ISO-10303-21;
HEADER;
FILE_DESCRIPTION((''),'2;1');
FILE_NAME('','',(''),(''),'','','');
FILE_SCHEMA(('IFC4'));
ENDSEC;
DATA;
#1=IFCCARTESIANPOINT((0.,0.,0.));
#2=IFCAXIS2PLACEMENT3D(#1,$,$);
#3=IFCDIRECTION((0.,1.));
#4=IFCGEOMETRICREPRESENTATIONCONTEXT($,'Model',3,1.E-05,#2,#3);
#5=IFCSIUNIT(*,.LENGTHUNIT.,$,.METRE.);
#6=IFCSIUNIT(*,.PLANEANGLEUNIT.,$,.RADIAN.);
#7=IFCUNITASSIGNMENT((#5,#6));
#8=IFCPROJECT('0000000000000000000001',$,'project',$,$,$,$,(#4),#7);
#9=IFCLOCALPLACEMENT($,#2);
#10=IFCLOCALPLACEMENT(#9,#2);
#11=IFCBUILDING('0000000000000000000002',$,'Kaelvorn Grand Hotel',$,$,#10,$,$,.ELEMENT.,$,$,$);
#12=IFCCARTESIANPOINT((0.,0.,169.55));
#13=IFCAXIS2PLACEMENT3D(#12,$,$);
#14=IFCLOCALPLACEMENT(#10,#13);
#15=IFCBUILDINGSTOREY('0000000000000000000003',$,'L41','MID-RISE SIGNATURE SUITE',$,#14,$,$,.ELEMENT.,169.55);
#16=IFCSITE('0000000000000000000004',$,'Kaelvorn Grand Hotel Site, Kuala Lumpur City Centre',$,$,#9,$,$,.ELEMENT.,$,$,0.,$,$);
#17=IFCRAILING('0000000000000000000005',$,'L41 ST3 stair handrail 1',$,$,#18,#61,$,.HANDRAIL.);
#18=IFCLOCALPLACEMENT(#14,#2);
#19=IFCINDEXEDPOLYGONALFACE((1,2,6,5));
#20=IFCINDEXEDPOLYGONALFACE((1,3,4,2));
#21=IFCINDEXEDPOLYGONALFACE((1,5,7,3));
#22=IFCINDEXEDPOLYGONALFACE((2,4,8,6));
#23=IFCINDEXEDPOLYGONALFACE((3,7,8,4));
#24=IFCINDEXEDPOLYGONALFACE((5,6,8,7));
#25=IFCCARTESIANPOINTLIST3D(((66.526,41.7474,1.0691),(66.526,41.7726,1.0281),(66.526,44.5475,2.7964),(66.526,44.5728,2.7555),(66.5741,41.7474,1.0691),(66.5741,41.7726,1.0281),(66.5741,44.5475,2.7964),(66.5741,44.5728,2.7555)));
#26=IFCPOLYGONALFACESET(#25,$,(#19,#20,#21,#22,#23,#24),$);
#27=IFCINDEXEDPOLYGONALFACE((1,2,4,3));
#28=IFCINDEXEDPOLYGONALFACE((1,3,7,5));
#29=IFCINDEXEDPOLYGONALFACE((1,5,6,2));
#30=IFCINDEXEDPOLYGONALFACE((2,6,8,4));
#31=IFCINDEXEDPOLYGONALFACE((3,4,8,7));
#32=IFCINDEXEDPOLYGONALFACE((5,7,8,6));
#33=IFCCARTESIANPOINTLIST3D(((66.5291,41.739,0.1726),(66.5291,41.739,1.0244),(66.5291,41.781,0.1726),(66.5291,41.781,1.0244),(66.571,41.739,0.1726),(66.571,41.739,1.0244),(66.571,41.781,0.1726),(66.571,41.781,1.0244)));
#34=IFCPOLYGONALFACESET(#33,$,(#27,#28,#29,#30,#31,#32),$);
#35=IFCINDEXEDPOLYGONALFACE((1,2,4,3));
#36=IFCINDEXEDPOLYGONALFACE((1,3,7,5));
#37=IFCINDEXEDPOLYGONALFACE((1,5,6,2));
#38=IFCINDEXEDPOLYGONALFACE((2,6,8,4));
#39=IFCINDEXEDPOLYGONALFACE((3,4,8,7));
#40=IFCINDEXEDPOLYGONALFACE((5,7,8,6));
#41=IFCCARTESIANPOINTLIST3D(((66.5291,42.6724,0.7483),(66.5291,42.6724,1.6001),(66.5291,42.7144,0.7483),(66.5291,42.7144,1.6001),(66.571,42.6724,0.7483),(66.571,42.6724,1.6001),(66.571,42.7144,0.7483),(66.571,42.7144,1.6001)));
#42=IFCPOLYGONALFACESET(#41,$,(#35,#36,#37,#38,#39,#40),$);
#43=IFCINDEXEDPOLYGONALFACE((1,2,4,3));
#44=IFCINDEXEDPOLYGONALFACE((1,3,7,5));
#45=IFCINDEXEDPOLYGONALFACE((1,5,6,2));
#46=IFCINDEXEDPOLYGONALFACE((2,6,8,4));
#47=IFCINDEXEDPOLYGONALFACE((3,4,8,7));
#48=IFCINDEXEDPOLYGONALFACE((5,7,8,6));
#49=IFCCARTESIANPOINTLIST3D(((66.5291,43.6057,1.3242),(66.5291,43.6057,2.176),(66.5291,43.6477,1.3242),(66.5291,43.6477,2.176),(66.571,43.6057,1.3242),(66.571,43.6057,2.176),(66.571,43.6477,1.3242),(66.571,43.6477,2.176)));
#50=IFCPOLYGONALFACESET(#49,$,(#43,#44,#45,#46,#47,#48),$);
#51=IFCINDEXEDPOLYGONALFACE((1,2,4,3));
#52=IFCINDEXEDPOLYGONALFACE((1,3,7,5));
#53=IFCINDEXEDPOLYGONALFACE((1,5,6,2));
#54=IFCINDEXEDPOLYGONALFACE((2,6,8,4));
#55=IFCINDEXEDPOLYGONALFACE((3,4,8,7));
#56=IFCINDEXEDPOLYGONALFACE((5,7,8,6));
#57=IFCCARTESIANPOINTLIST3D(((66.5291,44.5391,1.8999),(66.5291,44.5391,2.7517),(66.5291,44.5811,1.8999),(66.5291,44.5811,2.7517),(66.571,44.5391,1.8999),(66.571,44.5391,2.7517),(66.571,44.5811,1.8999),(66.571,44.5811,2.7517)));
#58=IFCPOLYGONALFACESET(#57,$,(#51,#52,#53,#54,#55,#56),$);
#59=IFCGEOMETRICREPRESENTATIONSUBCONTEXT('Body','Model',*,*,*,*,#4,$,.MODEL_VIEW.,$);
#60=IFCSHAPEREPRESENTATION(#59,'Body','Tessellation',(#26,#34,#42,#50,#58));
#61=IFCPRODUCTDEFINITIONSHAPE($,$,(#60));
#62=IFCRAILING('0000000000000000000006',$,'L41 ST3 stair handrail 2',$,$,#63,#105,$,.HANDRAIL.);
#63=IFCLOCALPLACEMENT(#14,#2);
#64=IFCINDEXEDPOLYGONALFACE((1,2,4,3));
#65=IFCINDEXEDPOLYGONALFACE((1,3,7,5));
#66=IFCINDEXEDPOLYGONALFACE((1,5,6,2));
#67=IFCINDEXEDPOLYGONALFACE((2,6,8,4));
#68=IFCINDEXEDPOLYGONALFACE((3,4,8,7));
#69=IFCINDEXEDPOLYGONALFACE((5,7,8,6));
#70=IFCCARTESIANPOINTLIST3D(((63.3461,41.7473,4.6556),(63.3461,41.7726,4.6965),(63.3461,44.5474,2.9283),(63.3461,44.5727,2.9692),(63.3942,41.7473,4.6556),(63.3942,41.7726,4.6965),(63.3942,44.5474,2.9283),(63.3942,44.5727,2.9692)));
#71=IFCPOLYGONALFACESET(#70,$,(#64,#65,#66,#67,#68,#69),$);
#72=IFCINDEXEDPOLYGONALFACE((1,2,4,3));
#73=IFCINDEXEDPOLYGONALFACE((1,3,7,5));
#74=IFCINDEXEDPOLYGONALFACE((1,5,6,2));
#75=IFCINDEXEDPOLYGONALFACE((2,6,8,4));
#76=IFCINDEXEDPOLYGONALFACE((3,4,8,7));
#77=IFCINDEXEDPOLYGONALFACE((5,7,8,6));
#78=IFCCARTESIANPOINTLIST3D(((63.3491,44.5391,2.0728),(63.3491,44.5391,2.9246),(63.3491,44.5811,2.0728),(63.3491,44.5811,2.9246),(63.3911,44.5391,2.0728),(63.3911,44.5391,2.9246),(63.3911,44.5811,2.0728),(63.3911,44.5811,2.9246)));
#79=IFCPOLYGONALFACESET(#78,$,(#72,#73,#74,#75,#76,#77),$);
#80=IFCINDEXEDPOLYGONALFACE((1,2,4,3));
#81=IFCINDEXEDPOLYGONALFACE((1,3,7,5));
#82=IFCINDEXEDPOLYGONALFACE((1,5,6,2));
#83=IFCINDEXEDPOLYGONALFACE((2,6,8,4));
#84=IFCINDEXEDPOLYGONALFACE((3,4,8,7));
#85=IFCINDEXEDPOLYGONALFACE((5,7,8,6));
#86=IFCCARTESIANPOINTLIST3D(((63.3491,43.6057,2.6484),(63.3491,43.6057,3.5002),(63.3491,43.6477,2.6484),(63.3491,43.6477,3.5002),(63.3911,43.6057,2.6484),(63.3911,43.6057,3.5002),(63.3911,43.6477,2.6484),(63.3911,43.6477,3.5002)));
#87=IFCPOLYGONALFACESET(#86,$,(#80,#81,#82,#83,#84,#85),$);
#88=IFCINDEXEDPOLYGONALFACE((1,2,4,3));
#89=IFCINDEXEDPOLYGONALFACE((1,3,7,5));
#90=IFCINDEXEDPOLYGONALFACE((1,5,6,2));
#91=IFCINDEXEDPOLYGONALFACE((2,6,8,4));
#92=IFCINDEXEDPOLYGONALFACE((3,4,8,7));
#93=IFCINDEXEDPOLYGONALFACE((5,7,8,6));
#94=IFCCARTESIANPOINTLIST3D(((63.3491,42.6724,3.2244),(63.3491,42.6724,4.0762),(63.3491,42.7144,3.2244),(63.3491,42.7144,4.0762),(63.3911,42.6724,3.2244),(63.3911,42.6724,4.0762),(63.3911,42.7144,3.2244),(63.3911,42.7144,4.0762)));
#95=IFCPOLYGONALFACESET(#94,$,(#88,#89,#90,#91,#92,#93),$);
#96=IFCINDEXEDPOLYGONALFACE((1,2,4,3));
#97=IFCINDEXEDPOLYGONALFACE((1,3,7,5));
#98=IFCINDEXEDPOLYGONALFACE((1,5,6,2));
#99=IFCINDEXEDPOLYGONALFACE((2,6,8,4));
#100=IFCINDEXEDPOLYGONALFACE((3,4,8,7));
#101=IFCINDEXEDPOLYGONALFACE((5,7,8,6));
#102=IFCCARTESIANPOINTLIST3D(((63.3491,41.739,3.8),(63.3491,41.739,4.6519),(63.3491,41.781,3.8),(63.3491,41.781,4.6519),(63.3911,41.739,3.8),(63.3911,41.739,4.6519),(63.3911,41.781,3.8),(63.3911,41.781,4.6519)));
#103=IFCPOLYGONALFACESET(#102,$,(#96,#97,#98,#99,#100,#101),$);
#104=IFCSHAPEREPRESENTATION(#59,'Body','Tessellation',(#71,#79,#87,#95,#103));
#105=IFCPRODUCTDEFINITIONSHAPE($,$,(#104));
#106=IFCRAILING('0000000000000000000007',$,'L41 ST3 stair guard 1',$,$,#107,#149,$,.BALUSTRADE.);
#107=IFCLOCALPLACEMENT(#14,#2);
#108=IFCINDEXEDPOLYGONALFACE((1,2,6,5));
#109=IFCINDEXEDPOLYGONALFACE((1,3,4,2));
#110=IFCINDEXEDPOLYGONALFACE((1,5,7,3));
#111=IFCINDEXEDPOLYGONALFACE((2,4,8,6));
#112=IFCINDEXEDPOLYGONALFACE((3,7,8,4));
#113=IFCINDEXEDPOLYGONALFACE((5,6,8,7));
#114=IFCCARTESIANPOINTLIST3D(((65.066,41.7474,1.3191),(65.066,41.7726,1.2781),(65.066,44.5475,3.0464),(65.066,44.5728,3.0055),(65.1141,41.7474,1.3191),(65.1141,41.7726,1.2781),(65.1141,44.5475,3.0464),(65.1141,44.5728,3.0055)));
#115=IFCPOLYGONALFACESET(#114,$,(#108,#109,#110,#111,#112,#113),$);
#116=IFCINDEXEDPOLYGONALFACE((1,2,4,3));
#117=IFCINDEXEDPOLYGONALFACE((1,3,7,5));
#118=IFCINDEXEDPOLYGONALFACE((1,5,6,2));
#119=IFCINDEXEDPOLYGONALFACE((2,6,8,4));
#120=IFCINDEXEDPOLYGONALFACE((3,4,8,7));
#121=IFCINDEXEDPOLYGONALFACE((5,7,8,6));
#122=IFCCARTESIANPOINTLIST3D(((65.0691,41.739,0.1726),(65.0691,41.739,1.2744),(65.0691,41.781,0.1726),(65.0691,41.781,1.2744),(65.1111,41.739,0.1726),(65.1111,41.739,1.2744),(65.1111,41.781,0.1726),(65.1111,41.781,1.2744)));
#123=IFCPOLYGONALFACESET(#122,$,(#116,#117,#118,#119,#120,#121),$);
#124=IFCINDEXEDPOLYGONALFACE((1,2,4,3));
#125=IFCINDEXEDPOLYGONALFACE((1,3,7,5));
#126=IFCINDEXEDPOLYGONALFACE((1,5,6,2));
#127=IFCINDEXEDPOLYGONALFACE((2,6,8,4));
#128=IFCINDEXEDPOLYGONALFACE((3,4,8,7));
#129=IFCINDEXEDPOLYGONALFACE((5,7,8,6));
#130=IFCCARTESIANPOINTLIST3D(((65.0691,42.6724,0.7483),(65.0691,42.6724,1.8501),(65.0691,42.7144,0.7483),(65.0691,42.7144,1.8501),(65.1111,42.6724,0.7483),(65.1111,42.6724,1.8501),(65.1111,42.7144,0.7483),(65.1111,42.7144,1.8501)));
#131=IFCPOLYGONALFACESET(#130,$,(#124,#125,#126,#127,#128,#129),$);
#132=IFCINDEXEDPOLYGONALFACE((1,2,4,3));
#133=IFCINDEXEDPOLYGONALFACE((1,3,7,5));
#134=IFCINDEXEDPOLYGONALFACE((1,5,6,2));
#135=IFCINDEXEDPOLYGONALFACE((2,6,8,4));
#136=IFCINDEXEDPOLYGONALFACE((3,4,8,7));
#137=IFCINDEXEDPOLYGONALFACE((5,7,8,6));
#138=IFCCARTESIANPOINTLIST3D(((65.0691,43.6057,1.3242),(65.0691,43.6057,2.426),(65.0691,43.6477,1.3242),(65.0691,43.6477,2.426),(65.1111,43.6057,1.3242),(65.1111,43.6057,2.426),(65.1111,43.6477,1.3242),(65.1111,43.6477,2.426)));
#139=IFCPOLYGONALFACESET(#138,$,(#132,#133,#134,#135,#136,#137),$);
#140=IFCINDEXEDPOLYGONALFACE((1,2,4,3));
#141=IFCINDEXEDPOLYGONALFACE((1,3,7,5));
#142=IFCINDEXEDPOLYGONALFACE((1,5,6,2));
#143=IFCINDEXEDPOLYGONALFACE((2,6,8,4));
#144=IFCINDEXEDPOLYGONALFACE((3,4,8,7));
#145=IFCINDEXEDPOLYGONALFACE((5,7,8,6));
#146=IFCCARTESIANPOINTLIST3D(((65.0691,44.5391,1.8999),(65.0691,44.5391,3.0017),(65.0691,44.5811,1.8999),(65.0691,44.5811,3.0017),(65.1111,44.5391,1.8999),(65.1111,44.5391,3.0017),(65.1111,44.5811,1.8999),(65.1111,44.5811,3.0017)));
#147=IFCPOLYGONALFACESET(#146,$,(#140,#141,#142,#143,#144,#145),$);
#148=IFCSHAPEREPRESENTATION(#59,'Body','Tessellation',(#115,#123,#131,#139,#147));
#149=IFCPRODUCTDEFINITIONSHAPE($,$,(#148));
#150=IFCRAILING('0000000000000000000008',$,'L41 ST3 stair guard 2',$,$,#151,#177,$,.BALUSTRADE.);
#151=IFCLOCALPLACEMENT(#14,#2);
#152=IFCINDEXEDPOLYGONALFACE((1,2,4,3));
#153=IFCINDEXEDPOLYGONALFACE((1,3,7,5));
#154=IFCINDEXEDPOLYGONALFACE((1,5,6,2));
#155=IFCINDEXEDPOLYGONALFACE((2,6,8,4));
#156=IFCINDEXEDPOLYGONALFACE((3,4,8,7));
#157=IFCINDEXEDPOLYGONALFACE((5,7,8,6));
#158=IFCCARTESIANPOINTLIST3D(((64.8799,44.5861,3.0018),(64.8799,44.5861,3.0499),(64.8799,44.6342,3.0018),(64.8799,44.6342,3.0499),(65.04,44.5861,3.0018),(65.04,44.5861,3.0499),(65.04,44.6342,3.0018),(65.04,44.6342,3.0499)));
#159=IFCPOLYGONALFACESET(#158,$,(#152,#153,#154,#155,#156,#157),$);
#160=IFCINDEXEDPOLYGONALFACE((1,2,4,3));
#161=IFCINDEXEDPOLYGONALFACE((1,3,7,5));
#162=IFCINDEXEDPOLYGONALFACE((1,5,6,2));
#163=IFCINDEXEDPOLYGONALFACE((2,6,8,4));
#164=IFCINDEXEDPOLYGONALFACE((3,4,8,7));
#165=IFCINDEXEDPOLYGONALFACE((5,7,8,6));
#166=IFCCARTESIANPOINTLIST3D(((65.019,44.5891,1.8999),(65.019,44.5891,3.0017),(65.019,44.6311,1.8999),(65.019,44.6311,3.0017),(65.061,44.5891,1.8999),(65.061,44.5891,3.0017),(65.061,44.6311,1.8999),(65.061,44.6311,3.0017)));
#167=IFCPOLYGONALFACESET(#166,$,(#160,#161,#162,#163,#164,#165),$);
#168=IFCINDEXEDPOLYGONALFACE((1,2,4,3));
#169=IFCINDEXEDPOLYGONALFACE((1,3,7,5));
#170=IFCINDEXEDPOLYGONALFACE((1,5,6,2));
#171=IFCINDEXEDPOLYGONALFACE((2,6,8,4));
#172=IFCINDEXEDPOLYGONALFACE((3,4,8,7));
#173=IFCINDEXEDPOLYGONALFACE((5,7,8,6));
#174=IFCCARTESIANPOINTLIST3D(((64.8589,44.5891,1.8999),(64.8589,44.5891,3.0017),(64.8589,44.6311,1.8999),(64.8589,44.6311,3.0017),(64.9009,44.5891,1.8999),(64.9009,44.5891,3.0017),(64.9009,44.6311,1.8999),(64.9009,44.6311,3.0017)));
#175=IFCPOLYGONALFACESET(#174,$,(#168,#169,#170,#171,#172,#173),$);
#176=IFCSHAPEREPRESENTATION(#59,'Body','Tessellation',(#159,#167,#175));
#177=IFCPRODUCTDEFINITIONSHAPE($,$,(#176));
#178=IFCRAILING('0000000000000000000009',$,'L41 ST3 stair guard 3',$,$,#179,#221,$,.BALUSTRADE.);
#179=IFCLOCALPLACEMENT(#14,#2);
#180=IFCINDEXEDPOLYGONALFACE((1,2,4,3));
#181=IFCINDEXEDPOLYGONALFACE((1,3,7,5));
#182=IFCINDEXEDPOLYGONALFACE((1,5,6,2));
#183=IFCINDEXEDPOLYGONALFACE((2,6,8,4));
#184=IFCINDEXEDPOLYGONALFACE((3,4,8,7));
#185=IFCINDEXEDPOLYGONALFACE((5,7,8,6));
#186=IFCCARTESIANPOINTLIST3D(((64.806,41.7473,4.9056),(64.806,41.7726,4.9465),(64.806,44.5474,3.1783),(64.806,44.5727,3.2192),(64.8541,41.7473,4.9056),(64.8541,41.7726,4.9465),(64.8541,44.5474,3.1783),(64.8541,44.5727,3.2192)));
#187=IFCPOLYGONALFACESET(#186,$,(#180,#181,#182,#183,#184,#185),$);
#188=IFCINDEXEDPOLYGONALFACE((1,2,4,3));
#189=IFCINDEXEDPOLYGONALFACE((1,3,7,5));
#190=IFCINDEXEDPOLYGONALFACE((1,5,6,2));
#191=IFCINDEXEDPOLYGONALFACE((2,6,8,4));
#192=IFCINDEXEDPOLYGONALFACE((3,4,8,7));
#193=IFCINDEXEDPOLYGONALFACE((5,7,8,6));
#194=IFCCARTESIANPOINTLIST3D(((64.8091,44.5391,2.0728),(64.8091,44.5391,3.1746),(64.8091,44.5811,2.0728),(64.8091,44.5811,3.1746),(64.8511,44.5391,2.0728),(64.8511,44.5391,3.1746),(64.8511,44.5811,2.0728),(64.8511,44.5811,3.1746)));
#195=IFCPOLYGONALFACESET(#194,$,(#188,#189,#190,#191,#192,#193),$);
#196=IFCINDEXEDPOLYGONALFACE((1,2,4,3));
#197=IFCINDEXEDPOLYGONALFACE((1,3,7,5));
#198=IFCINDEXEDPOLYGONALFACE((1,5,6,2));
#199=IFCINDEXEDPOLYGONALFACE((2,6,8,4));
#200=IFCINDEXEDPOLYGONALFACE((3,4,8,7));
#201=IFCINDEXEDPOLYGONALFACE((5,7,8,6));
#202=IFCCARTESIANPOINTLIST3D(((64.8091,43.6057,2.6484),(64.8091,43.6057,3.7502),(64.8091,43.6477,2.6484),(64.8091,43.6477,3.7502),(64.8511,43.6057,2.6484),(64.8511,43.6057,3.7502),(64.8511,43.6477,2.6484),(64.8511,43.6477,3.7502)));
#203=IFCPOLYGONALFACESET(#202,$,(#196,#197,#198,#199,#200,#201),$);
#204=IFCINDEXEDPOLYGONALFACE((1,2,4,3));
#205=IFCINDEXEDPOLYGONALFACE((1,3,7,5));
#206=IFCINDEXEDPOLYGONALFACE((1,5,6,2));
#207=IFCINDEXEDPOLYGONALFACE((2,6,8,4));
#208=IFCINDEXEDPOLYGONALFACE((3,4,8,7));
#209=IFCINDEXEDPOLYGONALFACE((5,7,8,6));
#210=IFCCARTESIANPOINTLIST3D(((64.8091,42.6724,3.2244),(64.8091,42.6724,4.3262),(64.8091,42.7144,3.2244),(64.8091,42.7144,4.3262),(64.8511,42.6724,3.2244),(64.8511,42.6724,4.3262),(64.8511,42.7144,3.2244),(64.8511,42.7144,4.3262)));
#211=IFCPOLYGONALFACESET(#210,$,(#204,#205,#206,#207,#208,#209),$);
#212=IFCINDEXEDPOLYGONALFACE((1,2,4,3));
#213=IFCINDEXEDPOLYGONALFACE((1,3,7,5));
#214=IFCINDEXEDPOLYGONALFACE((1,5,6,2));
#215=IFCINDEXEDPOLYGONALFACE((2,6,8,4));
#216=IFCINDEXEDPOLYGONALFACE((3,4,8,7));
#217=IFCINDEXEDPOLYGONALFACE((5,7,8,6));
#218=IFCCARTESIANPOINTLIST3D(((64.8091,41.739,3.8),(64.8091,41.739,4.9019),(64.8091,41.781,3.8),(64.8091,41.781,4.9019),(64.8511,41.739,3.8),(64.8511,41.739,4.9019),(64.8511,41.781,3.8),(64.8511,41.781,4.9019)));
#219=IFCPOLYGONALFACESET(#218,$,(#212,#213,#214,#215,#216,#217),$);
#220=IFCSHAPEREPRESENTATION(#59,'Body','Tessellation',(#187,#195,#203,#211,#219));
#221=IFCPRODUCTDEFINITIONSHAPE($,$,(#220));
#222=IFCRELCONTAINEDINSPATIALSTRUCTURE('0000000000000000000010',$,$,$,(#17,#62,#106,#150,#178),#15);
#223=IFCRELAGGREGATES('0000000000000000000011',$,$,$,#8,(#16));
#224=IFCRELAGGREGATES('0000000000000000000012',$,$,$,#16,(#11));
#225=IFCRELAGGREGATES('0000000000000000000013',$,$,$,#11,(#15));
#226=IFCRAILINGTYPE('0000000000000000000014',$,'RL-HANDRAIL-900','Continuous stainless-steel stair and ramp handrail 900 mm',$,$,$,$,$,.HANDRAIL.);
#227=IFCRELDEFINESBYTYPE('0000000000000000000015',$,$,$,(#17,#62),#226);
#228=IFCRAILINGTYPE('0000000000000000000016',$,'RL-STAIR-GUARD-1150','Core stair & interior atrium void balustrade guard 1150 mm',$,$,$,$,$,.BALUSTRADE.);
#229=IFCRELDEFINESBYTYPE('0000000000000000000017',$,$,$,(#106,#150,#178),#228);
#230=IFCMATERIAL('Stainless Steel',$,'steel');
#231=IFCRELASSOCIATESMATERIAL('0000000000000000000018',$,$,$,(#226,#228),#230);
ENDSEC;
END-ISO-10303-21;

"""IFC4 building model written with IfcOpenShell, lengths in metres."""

from ifc_helpers import new_model, si_unit, direction, frame, origin, origin_2d, place, context, subcontext, project, spatial, rectangle, extrude, material, type_object, element, save


model = new_model("IFC4")

# Units and contexts
model_context = context("Model", 3, precision=1e-05, world=origin(), true_north=direction((0.0, 1.0)))
body_context = subcontext(model_context, "Body", "Model", "MODEL_VIEW")
ifc_project = project(units=[si_unit("LENGTHUNIT", "METRE"), si_unit("PLANEANGLEUNIT", "RADIAN")], contexts=[model_context])

# Site, building, storey
site_placement = place(None, origin())
site = spatial("IfcSite", under=ifc_project, at=site_placement, Name="Kaelvorn Grand Hotel Site, Kuala Lumpur City Centre", CompositionType="ELEMENT", RefElevation=0.0)
building_placement = place(site_placement, origin())
building = spatial("IfcBuilding", under=site, at=building_placement, Name="Kaelvorn Grand Hotel", CompositionType="ELEMENT")
storey_placement = place(building_placement, frame((0.0, 0.0, 169.55)))
storey = spatial("IfcBuildingStorey", under=building, at=storey_placement, Name="L41", Description="MID-RISE SIGNATURE SUITE", CompositionType="ELEMENT", Elevation=169.55)

# Shared definitions
ifc_material_1 = material(Name="Stainless Steel", Category="steel")

# Railings
railing_type_1 = type_object("IfcRailingType", Name="RL-HANDRAIL-900", Description="Continuous stainless-steel stair and ramp handrail 900 mm", PredefinedType="HANDRAIL", material=ifc_material_1)
railing_1_placement = place(storey_placement, frame((66.55, 41.76, 0.1726)))
element("IfcRailing", 1, at=railing_1_placement, inside=storey, type_object=railing_type_1, Name="L41 ST3 stair handrail 1", PredefinedType="HANDRAIL", context=body_context, shape_type="SweptSolid", body=[
    extrude(rectangle(XDim=0.0481, YDim=0.0481, at=origin_2d()), frame((0.0, 0.0, 0.876), z_axis=(0.0, 0.85109, 0.52502), x_axis=(-1.0, 0.0, 0.0)), (0.0, 0.0, 1.0), 3.29),
    extrude(rectangle(XDim=0.042, YDim=0.042, at=origin_2d()), origin(), (0.0, 0.0, 1.0), 0.8518),
    extrude(rectangle(XDim=0.042, YDim=0.042, at=origin_2d()), frame((0.0, 0.9333, 0.5757)), (0.0, 0.0, 1.0), 0.8518),
    extrude(rectangle(XDim=0.042, YDim=0.042, at=origin_2d()), frame((0.0, 1.8667, 1.1516)), (0.0, 0.0, 1.0), 0.8518),
    extrude(rectangle(XDim=0.042, YDim=0.042, at=origin_2d()), frame((0.0, 2.8, 1.7273)), (0.0, 0.0, 1.0), 0.8518),
])
railing_2_placement = place(storey_placement, frame((63.3701, 44.5601, 2.0728)))
element("IfcRailing", 2, at=railing_2_placement, inside=storey, type_object=railing_type_1, Name="L41 ST3 stair handrail 2", PredefinedType="HANDRAIL", context=body_context, shape_type="SweptSolid", body=[
    extrude(rectangle(XDim=0.0481, YDim=0.0481, at=origin_2d()), frame((0.0, 0.0, 0.876), z_axis=(0.0, -0.85109, 0.52502), x_axis=(1.0, 0.0, 0.0)), (0.0, 0.0, 1.0), 3.29),
    extrude(rectangle(XDim=0.042, YDim=0.042, at=origin_2d()), origin(), (0.0, 0.0, 1.0), 0.8518),
    extrude(rectangle(XDim=0.042, YDim=0.042, at=origin_2d()), frame((0.0, -0.9333, 0.5757)), (0.0, 0.0, 1.0), 0.8518),
    extrude(rectangle(XDim=0.042, YDim=0.042, at=origin_2d()), frame((0.0, -1.8667, 1.1516)), (0.0, 0.0, 1.0), 0.8518),
    extrude(rectangle(XDim=0.042, YDim=0.042, at=origin_2d()), frame((0.0, -2.8, 1.7273)), (0.0, 0.0, 1.0), 0.8518),
])
railing_type_2 = type_object("IfcRailingType", Name="RL-STAIR-GUARD-1150", Description="Core stair & interior atrium void balustrade guard 1150 mm", PredefinedType="BALUSTRADE", material=ifc_material_1)
railing_3_placement = place(storey_placement, frame((65.0901, 41.76, 0.1726)))
element("IfcRailing", 3, at=railing_3_placement, inside=storey, type_object=railing_type_2, Name="L41 ST3 stair guard 1", PredefinedType="BALUSTRADE", context=body_context, shape_type="SweptSolid", body=[
    extrude(rectangle(XDim=0.0481, YDim=0.0481, at=origin_2d()), frame((0.0, 0.0, 1.126), z_axis=(0.0, 0.85109, 0.52502), x_axis=(-1.0, 0.0, 0.0)), (0.0, 0.0, 1.0), 3.29),
    extrude(rectangle(XDim=0.042, YDim=0.042, at=origin_2d()), origin(), (0.0, 0.0, 1.0), 1.1018),
    extrude(rectangle(XDim=0.042, YDim=0.042, at=origin_2d()), frame((0.0, 0.9333, 0.5757)), (0.0, 0.0, 1.0), 1.1018),
    extrude(rectangle(XDim=0.042, YDim=0.042, at=origin_2d()), frame((0.0, 1.8667, 1.1516)), (0.0, 0.0, 1.0), 1.1018),
    extrude(rectangle(XDim=0.042, YDim=0.042, at=origin_2d()), frame((0.0, 2.8, 1.7273)), (0.0, 0.0, 1.0), 1.1018),
])
railing_4_placement = place(storey_placement, frame((65.04, 44.6101, 1.8999)))
element("IfcRailing", 4, at=railing_4_placement, inside=storey, type_object=railing_type_2, Name="L41 ST3 stair guard 2", PredefinedType="BALUSTRADE", context=body_context, shape_type="SweptSolid", body=[
    extrude(rectangle(XDim=0.0481, YDim=0.0481, at=origin_2d()), frame((0.0, 0.0, 1.126), z_axis=(-1.0, 0.0, 0.0), x_axis=(0.0, -1.0, 0.0)), (0.0, 0.0, 1.0), 0.1602),
    extrude(rectangle(XDim=0.042, YDim=0.042, at=origin_2d()), origin(), (0.0, 0.0, 1.0), 1.1018),
    extrude(rectangle(XDim=0.042, YDim=0.042, at=origin_2d()), frame((-0.1602, 0.0, 0.0)), (0.0, 0.0, 1.0), 1.1018),
])
railing_5_placement = place(storey_placement, frame((64.8301, 44.5601, 2.0728)))
element("IfcRailing", 5, at=railing_5_placement, inside=storey, type_object=railing_type_2, Name="L41 ST3 stair guard 3", PredefinedType="BALUSTRADE", context=body_context, shape_type="SweptSolid", body=[
    extrude(rectangle(XDim=0.0481, YDim=0.0481, at=origin_2d()), frame((0.0, 0.0, 1.126), z_axis=(0.0, -0.85109, 0.52502), x_axis=(1.0, 0.0, 0.0)), (0.0, 0.0, 1.0), 3.29),
    extrude(rectangle(XDim=0.042, YDim=0.042, at=origin_2d()), origin(), (0.0, 0.0, 1.0), 1.1018),
    extrude(rectangle(XDim=0.042, YDim=0.042, at=origin_2d()), frame((0.0, -0.9333, 0.5757)), (0.0, 0.0, 1.0), 1.1018),
    extrude(rectangle(XDim=0.042, YDim=0.042, at=origin_2d()), frame((0.0, -1.8667, 1.1516)), (0.0, 0.0, 1.0), 1.1018),
    extrude(rectangle(XDim=0.042, YDim=0.042, at=origin_2d()), frame((0.0, -2.8, 1.7273)), (0.0, 0.0, 1.0), 1.1018),
])

save(model, "model.ifc")
